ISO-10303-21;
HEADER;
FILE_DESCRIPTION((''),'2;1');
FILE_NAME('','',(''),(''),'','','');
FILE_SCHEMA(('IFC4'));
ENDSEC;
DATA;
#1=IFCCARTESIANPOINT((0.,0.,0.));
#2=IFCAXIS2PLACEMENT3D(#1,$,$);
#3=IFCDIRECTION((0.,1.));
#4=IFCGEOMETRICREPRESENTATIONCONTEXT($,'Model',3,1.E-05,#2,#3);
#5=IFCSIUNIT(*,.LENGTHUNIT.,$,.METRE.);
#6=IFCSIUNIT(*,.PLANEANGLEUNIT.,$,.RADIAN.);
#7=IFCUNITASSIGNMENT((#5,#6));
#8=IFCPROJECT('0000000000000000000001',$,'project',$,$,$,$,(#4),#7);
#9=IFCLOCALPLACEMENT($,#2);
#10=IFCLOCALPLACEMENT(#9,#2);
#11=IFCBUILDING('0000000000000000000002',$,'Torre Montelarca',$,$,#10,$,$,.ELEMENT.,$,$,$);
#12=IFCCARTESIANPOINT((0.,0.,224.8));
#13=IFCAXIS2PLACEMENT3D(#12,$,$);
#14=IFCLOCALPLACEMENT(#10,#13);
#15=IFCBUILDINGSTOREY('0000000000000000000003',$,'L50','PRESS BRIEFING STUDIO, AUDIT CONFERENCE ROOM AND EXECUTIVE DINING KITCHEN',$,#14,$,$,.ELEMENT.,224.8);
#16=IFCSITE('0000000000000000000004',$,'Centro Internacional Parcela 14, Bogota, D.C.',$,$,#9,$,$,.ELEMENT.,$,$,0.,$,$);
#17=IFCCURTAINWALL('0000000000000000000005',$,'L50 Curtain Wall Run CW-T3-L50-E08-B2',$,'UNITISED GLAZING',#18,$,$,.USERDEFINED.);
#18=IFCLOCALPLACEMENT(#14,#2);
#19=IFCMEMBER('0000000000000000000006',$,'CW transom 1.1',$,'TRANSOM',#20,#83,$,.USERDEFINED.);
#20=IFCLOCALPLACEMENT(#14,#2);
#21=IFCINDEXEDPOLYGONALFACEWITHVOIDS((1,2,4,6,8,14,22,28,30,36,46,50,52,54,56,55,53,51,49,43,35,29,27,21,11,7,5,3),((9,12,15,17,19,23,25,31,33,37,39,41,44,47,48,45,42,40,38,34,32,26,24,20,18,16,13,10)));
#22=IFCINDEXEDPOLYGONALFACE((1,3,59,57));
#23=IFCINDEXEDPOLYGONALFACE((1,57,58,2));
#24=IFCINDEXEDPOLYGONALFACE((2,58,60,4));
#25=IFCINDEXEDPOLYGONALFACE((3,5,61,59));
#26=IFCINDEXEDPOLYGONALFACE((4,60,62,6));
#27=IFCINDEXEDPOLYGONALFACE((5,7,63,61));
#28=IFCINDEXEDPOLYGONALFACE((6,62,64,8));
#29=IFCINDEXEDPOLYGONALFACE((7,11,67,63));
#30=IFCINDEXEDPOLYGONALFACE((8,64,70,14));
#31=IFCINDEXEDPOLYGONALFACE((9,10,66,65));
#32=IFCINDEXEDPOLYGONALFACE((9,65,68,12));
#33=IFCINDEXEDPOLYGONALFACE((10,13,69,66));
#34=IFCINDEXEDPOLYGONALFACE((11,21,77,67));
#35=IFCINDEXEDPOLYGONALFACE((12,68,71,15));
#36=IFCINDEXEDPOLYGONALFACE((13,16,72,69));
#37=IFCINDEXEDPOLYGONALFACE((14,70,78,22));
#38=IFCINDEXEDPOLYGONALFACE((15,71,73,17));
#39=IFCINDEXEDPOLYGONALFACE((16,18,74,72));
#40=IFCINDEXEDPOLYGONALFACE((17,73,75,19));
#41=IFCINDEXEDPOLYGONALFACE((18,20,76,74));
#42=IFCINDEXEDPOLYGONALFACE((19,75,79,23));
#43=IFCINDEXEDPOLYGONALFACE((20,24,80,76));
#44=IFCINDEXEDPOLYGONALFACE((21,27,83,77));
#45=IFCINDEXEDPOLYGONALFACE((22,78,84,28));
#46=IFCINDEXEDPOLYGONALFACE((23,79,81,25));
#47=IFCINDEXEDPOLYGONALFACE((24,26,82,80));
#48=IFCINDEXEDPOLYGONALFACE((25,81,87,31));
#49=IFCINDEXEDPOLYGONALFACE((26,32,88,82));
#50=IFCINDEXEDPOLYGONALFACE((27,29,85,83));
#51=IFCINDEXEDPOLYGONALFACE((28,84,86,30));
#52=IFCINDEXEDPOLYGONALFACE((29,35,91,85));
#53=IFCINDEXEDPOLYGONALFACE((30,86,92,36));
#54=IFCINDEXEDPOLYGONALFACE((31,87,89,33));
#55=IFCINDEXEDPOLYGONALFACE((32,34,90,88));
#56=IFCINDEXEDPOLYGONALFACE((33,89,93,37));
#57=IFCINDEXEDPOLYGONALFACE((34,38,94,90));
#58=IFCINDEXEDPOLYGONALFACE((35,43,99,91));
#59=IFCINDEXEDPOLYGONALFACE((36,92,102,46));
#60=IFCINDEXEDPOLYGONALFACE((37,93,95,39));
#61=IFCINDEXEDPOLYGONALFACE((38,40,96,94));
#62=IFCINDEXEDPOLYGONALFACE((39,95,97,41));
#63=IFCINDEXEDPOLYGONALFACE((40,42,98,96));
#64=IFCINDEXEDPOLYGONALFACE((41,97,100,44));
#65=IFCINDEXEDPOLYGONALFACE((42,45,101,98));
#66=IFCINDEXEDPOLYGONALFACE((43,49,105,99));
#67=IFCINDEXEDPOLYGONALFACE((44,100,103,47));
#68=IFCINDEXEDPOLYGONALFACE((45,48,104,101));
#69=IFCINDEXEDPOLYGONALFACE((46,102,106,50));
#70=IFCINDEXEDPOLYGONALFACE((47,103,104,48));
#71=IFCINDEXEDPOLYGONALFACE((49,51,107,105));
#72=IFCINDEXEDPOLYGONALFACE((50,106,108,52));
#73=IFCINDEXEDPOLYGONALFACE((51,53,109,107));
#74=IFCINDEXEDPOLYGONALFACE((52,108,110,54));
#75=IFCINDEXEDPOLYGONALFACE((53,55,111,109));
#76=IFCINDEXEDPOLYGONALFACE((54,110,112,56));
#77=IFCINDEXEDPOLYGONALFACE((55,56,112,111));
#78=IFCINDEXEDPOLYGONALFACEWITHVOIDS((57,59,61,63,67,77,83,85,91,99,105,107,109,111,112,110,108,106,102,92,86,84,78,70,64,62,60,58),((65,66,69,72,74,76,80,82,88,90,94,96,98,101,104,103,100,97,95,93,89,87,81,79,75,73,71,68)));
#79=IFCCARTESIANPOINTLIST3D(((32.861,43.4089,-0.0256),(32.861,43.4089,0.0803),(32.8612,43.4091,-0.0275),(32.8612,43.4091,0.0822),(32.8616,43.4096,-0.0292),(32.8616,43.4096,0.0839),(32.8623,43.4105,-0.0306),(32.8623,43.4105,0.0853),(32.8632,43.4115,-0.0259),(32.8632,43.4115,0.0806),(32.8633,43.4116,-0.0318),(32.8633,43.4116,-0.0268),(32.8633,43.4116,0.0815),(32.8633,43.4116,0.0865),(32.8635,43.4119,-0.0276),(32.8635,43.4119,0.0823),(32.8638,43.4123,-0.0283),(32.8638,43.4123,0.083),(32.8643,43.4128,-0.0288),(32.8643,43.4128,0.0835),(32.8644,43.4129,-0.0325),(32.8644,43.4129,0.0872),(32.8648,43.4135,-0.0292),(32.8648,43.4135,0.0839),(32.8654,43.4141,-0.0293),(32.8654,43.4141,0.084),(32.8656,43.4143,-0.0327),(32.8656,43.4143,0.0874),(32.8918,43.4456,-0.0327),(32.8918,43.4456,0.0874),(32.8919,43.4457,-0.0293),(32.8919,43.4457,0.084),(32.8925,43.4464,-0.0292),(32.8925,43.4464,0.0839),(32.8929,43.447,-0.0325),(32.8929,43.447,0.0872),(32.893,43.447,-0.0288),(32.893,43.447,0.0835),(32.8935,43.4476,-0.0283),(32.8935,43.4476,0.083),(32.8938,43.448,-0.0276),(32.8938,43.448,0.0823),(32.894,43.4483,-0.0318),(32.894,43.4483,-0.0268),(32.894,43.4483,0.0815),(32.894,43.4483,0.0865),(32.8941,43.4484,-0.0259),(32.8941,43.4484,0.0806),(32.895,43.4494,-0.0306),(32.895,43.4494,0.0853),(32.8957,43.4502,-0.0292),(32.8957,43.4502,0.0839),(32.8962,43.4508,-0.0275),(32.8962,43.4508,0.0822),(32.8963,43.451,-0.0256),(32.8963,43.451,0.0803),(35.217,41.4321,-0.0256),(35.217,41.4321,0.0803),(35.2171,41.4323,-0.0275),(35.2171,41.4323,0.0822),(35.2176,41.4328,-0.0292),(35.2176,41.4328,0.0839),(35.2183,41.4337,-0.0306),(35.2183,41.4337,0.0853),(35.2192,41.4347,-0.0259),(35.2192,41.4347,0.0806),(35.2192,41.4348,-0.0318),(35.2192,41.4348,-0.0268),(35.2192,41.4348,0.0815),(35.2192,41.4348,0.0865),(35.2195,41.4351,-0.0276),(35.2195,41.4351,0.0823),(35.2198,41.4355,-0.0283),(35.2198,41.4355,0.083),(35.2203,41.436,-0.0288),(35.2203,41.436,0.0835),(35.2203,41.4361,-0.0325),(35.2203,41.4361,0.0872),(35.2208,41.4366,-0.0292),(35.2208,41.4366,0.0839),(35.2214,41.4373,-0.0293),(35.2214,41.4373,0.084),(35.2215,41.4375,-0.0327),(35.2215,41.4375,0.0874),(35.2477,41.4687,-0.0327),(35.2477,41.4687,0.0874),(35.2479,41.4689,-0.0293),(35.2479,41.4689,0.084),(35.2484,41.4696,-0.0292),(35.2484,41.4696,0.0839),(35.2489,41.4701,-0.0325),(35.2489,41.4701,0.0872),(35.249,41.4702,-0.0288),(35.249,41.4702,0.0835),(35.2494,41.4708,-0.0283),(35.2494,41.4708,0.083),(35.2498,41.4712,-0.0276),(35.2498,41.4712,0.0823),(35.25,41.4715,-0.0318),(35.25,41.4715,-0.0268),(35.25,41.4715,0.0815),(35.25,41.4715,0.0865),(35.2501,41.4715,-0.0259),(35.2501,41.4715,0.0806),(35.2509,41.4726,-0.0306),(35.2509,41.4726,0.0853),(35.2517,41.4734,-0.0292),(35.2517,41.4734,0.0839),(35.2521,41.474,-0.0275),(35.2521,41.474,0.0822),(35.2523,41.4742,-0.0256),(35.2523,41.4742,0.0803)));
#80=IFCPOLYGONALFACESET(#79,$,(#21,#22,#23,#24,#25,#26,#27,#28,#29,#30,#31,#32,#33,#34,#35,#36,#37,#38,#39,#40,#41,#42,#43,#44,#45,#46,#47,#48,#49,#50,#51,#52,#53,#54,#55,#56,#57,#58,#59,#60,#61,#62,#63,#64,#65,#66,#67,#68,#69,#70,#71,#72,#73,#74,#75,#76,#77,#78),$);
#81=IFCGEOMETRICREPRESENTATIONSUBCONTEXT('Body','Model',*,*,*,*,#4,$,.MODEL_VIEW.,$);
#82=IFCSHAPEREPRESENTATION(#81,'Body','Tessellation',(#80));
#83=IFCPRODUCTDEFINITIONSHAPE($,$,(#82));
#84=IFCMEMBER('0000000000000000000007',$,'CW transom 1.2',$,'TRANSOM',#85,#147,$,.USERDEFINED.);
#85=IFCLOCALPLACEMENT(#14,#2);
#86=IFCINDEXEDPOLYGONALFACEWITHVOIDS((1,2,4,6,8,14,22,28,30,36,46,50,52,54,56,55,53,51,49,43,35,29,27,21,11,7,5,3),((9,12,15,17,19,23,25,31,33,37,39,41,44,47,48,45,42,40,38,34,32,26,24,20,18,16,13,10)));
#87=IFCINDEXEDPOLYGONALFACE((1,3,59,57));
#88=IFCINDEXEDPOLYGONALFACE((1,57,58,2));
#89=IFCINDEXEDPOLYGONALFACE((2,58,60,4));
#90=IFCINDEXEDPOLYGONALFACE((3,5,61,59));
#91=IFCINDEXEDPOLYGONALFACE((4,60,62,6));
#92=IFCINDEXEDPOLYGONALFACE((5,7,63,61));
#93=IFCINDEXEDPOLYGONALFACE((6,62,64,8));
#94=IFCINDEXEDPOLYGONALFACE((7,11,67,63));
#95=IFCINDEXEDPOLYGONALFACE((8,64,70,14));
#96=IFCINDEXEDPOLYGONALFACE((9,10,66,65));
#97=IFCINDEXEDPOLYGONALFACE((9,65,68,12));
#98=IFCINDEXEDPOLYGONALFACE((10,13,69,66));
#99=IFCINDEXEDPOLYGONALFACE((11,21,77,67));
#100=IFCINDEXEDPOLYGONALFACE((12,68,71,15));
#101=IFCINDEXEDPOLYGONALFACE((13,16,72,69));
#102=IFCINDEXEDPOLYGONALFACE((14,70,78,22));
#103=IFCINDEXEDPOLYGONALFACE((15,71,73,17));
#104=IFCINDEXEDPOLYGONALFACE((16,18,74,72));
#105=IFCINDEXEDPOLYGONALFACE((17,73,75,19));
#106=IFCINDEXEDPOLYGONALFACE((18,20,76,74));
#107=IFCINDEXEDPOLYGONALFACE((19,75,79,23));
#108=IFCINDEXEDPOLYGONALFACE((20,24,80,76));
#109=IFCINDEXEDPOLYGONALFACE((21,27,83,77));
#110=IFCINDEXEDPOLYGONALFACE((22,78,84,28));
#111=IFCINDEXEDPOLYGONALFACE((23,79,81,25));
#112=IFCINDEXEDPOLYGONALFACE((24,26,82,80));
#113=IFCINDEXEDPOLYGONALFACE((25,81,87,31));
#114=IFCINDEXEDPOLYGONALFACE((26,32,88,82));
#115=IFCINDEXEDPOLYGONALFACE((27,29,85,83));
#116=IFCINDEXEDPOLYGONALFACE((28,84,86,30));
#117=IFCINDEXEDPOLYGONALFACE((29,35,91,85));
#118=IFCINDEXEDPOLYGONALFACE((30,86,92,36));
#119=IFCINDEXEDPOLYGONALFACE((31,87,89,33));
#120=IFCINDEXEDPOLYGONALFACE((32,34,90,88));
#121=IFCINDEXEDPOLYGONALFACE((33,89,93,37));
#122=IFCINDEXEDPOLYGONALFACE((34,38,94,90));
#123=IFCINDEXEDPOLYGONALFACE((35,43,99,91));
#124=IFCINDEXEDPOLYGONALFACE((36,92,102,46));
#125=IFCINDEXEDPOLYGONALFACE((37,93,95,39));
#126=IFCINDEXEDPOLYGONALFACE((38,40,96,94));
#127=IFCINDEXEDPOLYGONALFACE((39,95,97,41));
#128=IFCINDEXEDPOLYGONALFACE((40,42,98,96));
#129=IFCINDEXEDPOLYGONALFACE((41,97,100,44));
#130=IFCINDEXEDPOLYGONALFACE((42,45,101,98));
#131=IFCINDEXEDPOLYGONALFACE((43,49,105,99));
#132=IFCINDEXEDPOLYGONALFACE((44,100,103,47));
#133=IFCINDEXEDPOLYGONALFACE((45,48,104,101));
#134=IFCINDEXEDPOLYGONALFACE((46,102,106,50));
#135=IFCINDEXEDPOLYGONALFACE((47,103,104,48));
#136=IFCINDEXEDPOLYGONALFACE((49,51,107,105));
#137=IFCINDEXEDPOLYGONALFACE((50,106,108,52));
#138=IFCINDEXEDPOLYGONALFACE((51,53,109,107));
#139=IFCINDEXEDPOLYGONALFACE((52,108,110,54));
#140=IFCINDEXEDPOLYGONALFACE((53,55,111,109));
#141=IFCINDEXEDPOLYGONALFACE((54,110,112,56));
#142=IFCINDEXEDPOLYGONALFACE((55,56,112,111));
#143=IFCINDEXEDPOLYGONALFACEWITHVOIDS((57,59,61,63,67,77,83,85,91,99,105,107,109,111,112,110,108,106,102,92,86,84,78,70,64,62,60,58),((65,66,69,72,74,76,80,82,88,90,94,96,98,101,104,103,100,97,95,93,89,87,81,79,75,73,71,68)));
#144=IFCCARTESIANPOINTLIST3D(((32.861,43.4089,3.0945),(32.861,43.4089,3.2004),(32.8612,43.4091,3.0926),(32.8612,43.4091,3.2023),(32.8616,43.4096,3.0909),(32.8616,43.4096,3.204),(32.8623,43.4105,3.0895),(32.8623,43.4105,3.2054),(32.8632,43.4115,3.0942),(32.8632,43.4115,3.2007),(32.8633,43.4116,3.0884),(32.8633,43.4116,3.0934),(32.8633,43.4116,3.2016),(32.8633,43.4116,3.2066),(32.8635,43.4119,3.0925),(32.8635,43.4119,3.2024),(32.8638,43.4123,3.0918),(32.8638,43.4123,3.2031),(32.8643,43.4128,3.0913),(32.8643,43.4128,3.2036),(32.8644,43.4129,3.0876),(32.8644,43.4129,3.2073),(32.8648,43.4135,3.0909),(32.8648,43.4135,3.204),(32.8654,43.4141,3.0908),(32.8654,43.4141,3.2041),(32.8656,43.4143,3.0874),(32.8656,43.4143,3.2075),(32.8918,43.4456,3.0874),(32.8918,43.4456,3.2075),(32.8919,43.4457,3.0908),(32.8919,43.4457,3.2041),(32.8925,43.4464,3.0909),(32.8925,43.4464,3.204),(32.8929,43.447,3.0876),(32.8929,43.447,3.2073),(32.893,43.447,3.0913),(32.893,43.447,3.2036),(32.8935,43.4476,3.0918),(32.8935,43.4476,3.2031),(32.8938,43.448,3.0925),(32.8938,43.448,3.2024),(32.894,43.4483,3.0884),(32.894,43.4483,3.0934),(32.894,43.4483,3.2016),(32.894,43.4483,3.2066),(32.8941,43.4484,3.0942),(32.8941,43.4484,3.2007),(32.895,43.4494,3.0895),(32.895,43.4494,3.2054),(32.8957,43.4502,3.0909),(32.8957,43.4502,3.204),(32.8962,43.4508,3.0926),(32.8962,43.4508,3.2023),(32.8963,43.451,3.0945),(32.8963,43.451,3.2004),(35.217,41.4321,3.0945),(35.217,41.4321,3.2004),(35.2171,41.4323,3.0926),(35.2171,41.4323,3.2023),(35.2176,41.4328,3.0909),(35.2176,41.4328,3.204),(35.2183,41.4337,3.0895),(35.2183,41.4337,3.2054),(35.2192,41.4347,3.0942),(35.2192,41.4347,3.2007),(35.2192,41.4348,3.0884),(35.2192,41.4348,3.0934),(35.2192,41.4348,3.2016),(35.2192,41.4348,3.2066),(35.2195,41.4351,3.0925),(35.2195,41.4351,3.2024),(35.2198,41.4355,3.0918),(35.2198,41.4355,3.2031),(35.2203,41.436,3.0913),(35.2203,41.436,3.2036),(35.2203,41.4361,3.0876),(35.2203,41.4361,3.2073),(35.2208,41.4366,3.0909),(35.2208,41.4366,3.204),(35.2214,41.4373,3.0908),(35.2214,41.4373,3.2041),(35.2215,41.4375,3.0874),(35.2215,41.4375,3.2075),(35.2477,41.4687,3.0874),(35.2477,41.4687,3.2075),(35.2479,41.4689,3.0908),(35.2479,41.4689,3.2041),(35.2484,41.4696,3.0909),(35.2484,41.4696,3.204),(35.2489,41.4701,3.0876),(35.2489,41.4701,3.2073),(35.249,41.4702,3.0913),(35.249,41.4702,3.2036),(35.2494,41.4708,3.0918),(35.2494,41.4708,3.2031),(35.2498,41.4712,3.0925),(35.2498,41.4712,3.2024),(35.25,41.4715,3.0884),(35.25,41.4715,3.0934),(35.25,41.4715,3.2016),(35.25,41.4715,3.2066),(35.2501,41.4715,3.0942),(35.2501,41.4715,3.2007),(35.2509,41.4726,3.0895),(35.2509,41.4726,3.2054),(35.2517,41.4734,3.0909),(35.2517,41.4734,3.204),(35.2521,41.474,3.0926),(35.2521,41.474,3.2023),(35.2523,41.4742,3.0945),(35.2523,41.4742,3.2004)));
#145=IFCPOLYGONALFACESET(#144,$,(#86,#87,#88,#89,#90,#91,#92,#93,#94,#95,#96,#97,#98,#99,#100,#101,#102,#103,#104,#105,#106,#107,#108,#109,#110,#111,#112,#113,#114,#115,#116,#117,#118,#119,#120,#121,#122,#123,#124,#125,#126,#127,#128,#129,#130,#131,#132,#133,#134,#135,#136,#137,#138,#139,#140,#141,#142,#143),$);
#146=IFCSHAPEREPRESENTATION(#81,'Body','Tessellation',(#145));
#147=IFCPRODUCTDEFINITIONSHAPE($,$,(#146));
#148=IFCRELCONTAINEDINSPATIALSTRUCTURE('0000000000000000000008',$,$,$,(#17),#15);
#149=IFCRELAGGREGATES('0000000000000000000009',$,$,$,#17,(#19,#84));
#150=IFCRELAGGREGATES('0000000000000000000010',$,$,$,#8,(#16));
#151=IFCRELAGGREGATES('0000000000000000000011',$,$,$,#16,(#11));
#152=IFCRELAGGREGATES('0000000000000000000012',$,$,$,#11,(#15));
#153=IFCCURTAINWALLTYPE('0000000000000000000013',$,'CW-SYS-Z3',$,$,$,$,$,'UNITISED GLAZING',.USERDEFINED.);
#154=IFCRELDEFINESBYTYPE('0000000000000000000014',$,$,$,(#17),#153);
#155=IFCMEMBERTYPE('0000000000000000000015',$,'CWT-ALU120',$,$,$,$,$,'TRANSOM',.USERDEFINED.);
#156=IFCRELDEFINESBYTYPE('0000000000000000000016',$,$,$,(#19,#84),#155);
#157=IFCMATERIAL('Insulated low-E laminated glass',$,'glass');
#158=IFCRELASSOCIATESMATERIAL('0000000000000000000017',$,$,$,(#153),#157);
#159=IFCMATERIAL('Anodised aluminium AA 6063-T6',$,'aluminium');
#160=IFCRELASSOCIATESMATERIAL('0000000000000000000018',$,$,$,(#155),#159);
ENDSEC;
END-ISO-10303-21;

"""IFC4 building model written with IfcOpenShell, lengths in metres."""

from ifc_helpers import new_model, si_unit, direction, frame, origin, origin_2d, place, context, subcontext, project, spatial, hollow_rectangle, extrude, source, transform, mapped, material, material_profile, profile_set, type_object, element, aggregate, save


model = new_model("IFC4")

# Units and contexts
model_context = context("Model", 3, precision=1e-05, world=origin(), true_north=direction((0.0, 1.0)))
body_context = subcontext(model_context, "Body", "Model", "MODEL_VIEW")
ifc_project = project(units=[si_unit("LENGTHUNIT", "METRE"), si_unit("PLANEANGLEUNIT", "RADIAN")], contexts=[model_context])

# Site, building, storey
site_placement = place(None, origin())
site = spatial("IfcSite", under=ifc_project, at=site_placement, Name="Centro Internacional Parcela 14, Bogota, D.C.", CompositionType="ELEMENT", RefElevation=0.0)
building_placement = place(site_placement, origin())
building = spatial("IfcBuilding", under=site, at=building_placement, Name="Torre Montelarca", CompositionType="ELEMENT")
storey_placement = place(building_placement, frame((0.0, 0.0, 224.8)))
storey = spatial("IfcBuildingStorey", under=building, at=storey_placement, Name="L50", Description="PRESS BRIEFING STUDIO, AUDIT CONFERENCE ROOM AND EXECUTIVE DINING KITCHEN", CompositionType="ELEMENT", Elevation=224.8)

# Shared definitions
ifc_material_1 = material(Name="Insulated low-E laminated glass", Category="glass")
curtain_wall_type = type_object("IfcCurtainWallType", Name="CW-SYS-Z3", ElementType="UNITISED GLAZING", PredefinedType="USERDEFINED", material=ifc_material_1)
ifc_material_2 = material(Name="Anodised aluminium AA 6063-T6", Category="aluminium")
ifc_material_profile_1 = material_profile(ifc_material_2, hollow_rectangle(XDim=0.0549, YDim=0.1201, WallThickness=0.0034, InnerFilletRadius=0.0034, OuterFilletRadius=0.0071, at=origin_2d()), Name="ALU55X120X3.5", Category="aluminium")
ifc_profile_set_1 = profile_set([ifc_material_profile_1], Name="Anodised aluminium AA 6063-T6")
member_type_1 = type_object("IfcMemberType", Name="CWT-ALU120", ElementType="TRANSOM", PredefinedType="USERDEFINED", material=ifc_profile_set_1)

# Curtain wall, members
curtain_wall_1_placement = place(storey_placement, origin())
curtain_wall_1 = element("IfcCurtainWall", 1, at=curtain_wall_1_placement, inside=storey, type_object=curtain_wall_type, Name="L50 Curtain Wall Run CW-T3-L50-E08-B2", ObjectType="UNITISED GLAZING", PredefinedType="USERDEFINED")
shared_shape_1 = source(origin(), body_context, "Body", "SweptSolid", [
    extrude(hollow_rectangle(XDim=0.0549, YDim=0.1201, WallThickness=0.0034, InnerFilletRadius=0.0034, OuterFilletRadius=0.0071, at=origin_2d()), origin(), (0.0, 0.0, 1.0), 3.0754),
])
member_1_placement = place(storey_placement, frame((35.2346, 41.4531, 0.0273), z_axis=(-0.766057, 0.642773, 0.0), x_axis=(-0.642773, -0.766057, 0.0)))
member_1 = element("IfcMember", 2, at=member_1_placement, type_object=member_type_1, Name="CW transom 1.1", ObjectType="TRANSOM", PredefinedType="USERDEFINED", context=body_context, shape_type="MappedRepresentation", body=[
    mapped(shared_shape_1, transform((0.0, 0.0, 0.0), scale=1.0)),
])
member_2_placement = place(storey_placement, frame((35.2346, 41.4531, 3.1475), z_axis=(-0.766057, 0.642773, 0.0), x_axis=(-0.642773, -0.766057, 0.0)))
member_2 = element("IfcMember", 3, at=member_2_placement, type_object=member_type_1, Name="CW transom 1.2", ObjectType="TRANSOM", PredefinedType="USERDEFINED", context=body_context, shape_type="MappedRepresentation", body=[
    mapped(shared_shape_1, transform((0.0, 0.0, 0.0), scale=1.0)),
])

aggregate(curtain_wall_1, [member_1, member_2])

save(model, "model.ifc")
